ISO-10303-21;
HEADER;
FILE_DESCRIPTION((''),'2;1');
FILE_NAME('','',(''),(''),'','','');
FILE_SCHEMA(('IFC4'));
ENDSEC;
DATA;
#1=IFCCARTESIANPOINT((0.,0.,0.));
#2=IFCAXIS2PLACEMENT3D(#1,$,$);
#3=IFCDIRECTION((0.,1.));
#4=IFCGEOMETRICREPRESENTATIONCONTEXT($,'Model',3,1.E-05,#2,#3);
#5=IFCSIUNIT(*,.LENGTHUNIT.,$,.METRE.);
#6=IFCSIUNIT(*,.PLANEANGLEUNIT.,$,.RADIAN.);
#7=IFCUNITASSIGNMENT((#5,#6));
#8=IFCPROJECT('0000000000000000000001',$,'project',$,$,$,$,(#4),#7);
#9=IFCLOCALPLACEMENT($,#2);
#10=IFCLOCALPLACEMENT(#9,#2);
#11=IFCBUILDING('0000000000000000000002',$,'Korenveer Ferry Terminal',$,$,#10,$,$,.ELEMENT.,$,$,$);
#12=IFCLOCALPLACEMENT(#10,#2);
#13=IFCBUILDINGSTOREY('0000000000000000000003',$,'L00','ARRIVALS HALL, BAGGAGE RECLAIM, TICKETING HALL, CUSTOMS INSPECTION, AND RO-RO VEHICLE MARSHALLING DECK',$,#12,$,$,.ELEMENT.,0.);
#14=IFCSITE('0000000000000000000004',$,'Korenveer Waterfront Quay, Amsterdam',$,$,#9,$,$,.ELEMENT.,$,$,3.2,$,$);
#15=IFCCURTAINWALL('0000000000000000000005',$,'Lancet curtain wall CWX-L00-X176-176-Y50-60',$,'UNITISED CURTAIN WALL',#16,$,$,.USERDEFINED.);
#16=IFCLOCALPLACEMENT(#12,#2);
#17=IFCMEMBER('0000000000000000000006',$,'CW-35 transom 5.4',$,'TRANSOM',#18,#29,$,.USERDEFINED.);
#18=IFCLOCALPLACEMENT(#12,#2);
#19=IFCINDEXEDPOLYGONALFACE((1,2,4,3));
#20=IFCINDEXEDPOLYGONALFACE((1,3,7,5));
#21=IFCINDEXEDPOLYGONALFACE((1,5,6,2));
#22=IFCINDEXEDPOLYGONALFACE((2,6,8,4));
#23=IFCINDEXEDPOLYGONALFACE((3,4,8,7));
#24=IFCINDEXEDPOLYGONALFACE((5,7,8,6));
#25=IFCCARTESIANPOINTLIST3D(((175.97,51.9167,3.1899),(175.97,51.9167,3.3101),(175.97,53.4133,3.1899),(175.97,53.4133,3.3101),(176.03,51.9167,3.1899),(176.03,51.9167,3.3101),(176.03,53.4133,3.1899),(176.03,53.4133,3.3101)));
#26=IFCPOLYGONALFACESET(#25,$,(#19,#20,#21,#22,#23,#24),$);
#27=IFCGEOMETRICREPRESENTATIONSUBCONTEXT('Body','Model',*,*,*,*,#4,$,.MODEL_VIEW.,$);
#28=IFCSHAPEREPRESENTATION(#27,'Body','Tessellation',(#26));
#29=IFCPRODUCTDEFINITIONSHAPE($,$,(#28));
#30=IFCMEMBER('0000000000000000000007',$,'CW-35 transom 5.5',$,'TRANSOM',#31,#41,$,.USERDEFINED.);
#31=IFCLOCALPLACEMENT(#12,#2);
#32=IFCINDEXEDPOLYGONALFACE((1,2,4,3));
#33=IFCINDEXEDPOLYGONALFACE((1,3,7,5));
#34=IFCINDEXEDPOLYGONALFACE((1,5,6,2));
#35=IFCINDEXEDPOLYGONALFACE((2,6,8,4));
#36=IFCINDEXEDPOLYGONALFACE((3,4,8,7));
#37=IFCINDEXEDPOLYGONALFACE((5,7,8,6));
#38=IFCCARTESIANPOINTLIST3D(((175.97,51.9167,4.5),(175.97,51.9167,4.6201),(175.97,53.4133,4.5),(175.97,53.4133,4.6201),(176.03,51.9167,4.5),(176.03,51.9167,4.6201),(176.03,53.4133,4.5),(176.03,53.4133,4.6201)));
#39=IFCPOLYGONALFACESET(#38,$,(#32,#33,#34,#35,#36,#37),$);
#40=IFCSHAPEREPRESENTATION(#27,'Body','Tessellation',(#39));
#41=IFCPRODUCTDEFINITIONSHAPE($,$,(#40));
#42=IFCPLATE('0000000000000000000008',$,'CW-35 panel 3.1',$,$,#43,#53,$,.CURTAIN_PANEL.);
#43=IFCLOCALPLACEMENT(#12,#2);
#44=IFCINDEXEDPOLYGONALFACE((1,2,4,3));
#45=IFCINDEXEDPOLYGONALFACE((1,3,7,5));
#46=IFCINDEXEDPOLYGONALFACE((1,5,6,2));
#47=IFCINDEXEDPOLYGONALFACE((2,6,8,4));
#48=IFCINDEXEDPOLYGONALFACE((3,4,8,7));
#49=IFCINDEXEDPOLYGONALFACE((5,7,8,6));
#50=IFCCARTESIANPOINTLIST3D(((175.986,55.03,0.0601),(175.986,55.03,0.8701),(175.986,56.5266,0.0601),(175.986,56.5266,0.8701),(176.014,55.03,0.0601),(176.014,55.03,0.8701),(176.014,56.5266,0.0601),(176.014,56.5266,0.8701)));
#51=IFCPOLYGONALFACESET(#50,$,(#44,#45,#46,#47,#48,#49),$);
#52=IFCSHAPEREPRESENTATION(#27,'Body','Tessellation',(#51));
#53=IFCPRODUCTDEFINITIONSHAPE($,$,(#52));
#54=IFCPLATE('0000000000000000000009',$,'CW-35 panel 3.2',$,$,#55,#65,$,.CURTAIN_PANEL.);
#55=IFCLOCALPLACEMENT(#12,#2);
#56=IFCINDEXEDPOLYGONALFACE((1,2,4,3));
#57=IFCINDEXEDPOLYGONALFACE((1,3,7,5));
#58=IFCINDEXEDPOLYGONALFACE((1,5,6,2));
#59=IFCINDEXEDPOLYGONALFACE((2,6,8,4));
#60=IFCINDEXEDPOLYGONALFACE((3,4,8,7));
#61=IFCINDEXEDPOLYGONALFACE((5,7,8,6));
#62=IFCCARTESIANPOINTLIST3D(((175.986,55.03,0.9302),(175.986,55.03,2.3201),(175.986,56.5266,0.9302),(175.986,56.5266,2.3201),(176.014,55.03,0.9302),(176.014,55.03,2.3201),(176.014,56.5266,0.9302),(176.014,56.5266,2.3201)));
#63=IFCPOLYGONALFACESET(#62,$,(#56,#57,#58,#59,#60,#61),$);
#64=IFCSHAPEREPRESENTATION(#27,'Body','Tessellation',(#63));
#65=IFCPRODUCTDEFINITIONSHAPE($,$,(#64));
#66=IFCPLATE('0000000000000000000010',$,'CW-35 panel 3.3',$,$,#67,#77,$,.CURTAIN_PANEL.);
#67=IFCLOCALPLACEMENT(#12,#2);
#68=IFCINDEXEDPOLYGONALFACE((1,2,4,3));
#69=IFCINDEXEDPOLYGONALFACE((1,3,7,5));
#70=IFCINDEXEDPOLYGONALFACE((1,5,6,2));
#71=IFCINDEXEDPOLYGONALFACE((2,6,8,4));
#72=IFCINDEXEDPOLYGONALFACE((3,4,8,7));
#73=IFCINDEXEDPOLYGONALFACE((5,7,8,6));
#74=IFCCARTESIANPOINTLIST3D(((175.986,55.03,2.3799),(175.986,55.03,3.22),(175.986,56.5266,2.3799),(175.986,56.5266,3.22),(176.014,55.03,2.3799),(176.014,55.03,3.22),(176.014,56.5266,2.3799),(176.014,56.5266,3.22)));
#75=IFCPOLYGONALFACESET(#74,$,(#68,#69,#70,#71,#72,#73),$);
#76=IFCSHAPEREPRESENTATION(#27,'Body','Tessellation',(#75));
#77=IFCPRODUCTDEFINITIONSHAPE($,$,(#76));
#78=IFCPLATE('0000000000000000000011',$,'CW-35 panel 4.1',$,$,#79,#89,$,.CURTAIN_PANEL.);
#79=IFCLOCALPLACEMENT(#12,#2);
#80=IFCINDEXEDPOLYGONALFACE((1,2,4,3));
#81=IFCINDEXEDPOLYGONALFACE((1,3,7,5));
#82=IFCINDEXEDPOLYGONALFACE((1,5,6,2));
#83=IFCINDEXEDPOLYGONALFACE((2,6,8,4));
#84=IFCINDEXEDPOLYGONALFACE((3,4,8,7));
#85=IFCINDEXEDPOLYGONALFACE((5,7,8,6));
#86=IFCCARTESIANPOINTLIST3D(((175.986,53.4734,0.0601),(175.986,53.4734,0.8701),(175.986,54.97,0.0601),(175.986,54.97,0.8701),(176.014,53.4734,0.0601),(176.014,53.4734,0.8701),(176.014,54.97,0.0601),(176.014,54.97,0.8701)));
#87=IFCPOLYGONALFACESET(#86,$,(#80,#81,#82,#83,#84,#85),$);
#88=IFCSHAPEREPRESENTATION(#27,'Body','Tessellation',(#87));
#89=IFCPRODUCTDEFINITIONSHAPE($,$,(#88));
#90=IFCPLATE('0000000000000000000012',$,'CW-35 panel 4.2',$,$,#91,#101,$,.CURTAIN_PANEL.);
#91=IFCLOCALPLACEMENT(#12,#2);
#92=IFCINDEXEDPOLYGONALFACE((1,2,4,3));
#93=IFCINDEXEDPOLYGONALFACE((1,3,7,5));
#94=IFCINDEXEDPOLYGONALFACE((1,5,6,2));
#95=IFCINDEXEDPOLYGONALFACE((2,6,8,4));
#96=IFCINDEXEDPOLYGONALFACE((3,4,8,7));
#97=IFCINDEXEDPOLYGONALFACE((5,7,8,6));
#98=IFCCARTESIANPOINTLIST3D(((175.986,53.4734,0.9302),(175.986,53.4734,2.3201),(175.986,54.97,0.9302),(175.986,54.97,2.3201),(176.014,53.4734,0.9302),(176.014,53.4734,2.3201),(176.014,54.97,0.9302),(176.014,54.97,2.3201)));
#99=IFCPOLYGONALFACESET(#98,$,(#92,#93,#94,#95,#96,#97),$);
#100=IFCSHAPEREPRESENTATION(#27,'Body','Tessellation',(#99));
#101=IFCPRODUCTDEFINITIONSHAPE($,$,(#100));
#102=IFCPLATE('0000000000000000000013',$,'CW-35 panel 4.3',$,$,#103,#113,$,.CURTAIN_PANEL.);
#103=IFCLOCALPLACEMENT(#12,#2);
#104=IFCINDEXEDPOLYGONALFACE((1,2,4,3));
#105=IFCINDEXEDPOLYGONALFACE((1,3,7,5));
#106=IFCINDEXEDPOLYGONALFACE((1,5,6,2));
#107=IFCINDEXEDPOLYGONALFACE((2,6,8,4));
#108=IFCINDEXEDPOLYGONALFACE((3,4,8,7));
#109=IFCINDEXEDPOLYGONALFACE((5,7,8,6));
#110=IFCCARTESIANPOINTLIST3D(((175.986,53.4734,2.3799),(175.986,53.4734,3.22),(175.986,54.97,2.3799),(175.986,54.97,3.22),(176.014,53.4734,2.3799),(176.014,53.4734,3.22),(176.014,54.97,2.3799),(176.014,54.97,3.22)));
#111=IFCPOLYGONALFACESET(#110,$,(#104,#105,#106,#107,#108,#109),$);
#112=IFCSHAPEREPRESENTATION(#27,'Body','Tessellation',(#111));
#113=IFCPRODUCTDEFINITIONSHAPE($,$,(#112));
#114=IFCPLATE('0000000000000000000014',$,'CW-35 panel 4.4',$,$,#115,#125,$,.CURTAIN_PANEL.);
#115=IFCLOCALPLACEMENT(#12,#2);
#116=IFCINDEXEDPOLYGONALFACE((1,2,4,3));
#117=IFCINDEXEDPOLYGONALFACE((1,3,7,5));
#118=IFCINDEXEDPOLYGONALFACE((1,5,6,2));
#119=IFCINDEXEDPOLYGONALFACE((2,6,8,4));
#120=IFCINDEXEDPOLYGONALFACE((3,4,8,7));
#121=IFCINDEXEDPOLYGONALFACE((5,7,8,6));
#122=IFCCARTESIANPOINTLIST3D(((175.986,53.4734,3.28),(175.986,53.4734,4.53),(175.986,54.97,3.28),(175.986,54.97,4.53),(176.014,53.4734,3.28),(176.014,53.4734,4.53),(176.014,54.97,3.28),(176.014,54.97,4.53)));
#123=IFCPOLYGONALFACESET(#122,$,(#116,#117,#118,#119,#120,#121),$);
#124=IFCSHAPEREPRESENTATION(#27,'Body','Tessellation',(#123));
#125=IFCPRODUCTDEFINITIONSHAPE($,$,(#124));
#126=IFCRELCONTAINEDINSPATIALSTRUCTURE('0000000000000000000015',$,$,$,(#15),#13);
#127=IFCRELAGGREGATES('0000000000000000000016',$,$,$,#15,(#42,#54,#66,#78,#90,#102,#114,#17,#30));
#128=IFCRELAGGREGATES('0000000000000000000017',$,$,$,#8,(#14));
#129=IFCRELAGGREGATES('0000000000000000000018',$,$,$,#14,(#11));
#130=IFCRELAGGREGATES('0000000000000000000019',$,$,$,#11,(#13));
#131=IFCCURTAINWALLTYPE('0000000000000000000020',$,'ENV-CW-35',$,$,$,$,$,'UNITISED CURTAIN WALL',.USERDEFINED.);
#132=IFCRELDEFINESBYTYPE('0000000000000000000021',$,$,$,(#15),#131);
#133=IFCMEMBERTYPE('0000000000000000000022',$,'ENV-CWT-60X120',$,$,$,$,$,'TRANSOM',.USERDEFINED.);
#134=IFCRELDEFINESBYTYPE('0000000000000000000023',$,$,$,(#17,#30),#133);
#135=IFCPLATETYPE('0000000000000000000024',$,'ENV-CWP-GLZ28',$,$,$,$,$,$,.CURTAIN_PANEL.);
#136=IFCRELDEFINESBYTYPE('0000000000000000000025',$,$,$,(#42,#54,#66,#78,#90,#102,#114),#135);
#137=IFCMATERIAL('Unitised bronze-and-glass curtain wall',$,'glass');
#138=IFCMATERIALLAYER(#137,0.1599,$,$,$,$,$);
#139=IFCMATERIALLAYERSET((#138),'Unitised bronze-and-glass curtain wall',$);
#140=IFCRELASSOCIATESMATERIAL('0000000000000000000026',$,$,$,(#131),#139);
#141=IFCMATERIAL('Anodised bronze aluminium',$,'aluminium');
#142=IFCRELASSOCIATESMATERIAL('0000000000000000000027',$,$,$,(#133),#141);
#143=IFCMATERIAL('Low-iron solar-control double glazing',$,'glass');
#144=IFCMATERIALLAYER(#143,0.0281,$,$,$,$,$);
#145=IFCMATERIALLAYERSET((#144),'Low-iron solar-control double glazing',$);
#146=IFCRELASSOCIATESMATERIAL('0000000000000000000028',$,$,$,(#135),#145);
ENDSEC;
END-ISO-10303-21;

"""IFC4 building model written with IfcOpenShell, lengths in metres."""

from ifc_helpers import new_model, si_unit, direction, frame, origin, origin_2d, place, context, subcontext, project, spatial, rectangle, extrude, material, layer, layer_set, material_profile, profile_set, type_object, element, aggregate, save


model = new_model("IFC4")

# Units and contexts
model_context = context("Model", 3, precision=1e-05, world=origin(), true_north=direction((0.0, 1.0)))
body_context = subcontext(model_context, "Body", "Model", "MODEL_VIEW")
ifc_project = project(units=[si_unit("LENGTHUNIT", "METRE"), si_unit("PLANEANGLEUNIT", "RADIAN")], contexts=[model_context])

# Site, building, storey
site_placement = place(None, origin())
site = spatial("IfcSite", under=ifc_project, at=site_placement, Name="Korenveer Waterfront Quay, Amsterdam", CompositionType="ELEMENT", RefElevation=3.2)
building_placement = place(site_placement, origin())
building = spatial("IfcBuilding", under=site, at=building_placement, Name="Korenveer Ferry Terminal", CompositionType="ELEMENT")
storey_placement = place(building_placement, origin())
storey = spatial("IfcBuildingStorey", under=building, at=storey_placement, Name="L00", Description="ARRIVALS HALL, BAGGAGE RECLAIM, TICKETING HALL, CUSTOMS INSPECTION, AND RO-RO VEHICLE MARSHALLING DECK", CompositionType="ELEMENT", Elevation=0.0)

# Curtain wall, members, plates
ifc_material_1 = material(Name="Unitised bronze-and-glass curtain wall", Category="glass")
ifc_layer_1 = layer(ifc_material_1, 0.1599)
ifc_layer_set_1 = layer_set([ifc_layer_1], Name="Unitised bronze-and-glass curtain wall")
curtain_wall_type = type_object("IfcCurtainWallType", Name="ENV-CW-35", ElementType="UNITISED CURTAIN WALL", PredefinedType="USERDEFINED", material=ifc_layer_set_1)
curtain_wall_placement = place(storey_placement, frame((176.0, 59.6699, 0.0)))
curtain_wall = element("IfcCurtainWall", 1, at=curtain_wall_placement, inside=storey, type_object=curtain_wall_type, Name="Lancet curtain wall CWX-L00-X176-176-Y50-60", ObjectType="UNITISED CURTAIN WALL", PredefinedType="USERDEFINED")
ifc_material_2 = material(Name="Anodised bronze aluminium", Category="aluminium")
ifc_material_profile_1 = material_profile(ifc_material_2, rectangle(XDim=0.0601, YDim=0.1201, at=origin_2d()), Name="ALU 60x120")
ifc_profile_set_1 = profile_set([ifc_material_profile_1], Name="Anodised bronze aluminium")
member_type_1 = type_object("IfcMemberType", Name="ENV-CWT-60X120", ElementType="TRANSOM", PredefinedType="USERDEFINED", material=ifc_profile_set_1)
member_1_placement = place(storey_placement, frame((176.0, 53.4133, 3.25), z_axis=(0.0, -1.0, 0.0), x_axis=(1.0, 0.0, 0.0)))
member_1 = element("IfcMember", 2, at=member_1_placement, type_object=member_type_1, Name="CW-35 transom 5.4", ObjectType="TRANSOM", PredefinedType="USERDEFINED", context=body_context, shape_type="SweptSolid", body=[
    extrude(rectangle(XDim=0.0601, YDim=0.1201, at=origin_2d()), origin(), (0.0, 0.0, 1.0), 1.4966),
])
member_2_placement = place(storey_placement, frame((176.0, 53.4133, 4.5601), z_axis=(0.0, -1.0, 0.0), x_axis=(1.0, 0.0, 0.0)))
member_2 = element("IfcMember", 3, at=member_2_placement, type_object=member_type_1, Name="CW-35 transom 5.5", ObjectType="TRANSOM", PredefinedType="USERDEFINED", context=body_context, shape_type="SweptSolid", body=[
    extrude(rectangle(XDim=0.0601, YDim=0.1201, at=origin_2d()), origin(), (0.0, 0.0, 1.0), 1.4966),
])
ifc_material_3 = material(Name="Low-iron solar-control double glazing", Category="glass")
ifc_layer_2 = layer(ifc_material_3, 0.0281)
ifc_layer_set_2 = layer_set([ifc_layer_2], Name="Low-iron solar-control double glazing")
plate_type = type_object("IfcPlateType", Name="ENV-CWP-GLZ28", PredefinedType="CURTAIN_PANEL", material=ifc_layer_set_2)
plate_1_placement = place(storey_placement, frame((176.0, 55.7783, 0.0601), z_axis=(0.0, 0.0, 1.0), x_axis=(0.0, -1.0, 0.0)))
plate_1 = element("IfcPlate", 4, at=plate_1_placement, type_object=plate_type, Name="CW-35 panel 3.1", PredefinedType="CURTAIN_PANEL", context=body_context, shape_type="SweptSolid", body=[
    extrude(rectangle(XDim=1.4966, YDim=0.0281, at=origin_2d()), origin(), (0.0, 0.0, 1.0), 0.8101),
])
plate_2_placement = place(storey_placement, frame((176.0, 55.7783, 0.9302), z_axis=(0.0, 0.0, 1.0), x_axis=(0.0, -1.0, 0.0)))
plate_2 = element("IfcPlate", 5, at=plate_2_placement, type_object=plate_type, Name="CW-35 panel 3.2", PredefinedType="CURTAIN_PANEL", context=body_context, shape_type="SweptSolid", body=[
    extrude(rectangle(XDim=1.4966, YDim=0.0281, at=origin_2d()), origin(), (0.0, 0.0, 1.0), 1.3899),
])
plate_3_placement = place(storey_placement, frame((176.0, 55.7783, 2.3799), z_axis=(0.0, 0.0, 1.0), x_axis=(0.0, -1.0, 0.0)))
plate_3 = element("IfcPlate", 6, at=plate_3_placement, type_object=plate_type, Name="CW-35 panel 3.3", PredefinedType="CURTAIN_PANEL", context=body_context, shape_type="SweptSolid", body=[
    extrude(rectangle(XDim=1.4966, YDim=0.0281, at=origin_2d()), origin(), (0.0, 0.0, 1.0), 0.8401),
])
plate_4_placement = place(storey_placement, frame((176.0, 54.2217, 0.0601), z_axis=(0.0, 0.0, 1.0), x_axis=(0.0, -1.0, 0.0)))
plate_4 = element("IfcPlate", 7, at=plate_4_placement, type_object=plate_type, Name="CW-35 panel 4.1", PredefinedType="CURTAIN_PANEL", context=body_context, shape_type="SweptSolid", body=[
    extrude(rectangle(XDim=1.4966, YDim=0.0281, at=origin_2d()), origin(), (0.0, 0.0, 1.0), 0.8101),
])
plate_5_placement = place(storey_placement, frame((176.0, 54.2217, 0.9302), z_axis=(0.0, 0.0, 1.0), x_axis=(0.0, -1.0, 0.0)))
plate_5 = element("IfcPlate", 8, at=plate_5_placement, type_object=plate_type, Name="CW-35 panel 4.2", PredefinedType="CURTAIN_PANEL", context=body_context, shape_type="SweptSolid", body=[
    extrude(rectangle(XDim=1.4966, YDim=0.0281, at=origin_2d()), origin(), (0.0, 0.0, 1.0), 1.3899),
])
plate_6_placement = place(storey_placement, frame((176.0, 54.2217, 2.3799), z_axis=(0.0, 0.0, 1.0), x_axis=(0.0, -1.0, 0.0)))
plate_6 = element("IfcPlate", 9, at=plate_6_placement, type_object=plate_type, Name="CW-35 panel 4.3", PredefinedType="CURTAIN_PANEL", context=body_context, shape_type="SweptSolid", body=[
    extrude(rectangle(XDim=1.4966, YDim=0.0281, at=origin_2d()), origin(), (0.0, 0.0, 1.0), 0.8401),
])
plate_7_placement = place(storey_placement, frame((176.0, 54.2217, 3.28), z_axis=(0.0, 0.0, 1.0), x_axis=(0.0, -1.0, 0.0)))
plate_7 = element("IfcPlate", 10, at=plate_7_placement, type_object=plate_type, Name="CW-35 panel 4.4", PredefinedType="CURTAIN_PANEL", context=body_context, shape_type="SweptSolid", body=[
    extrude(rectangle(XDim=1.4966, YDim=0.0281, at=origin_2d()), origin(), (0.0, 0.0, 1.0), 1.25),
])
aggregate(curtain_wall, [plate_1, plate_2, plate_3, plate_4, plate_5, plate_6, plate_7, member_1, member_2])

save(model, "model.ifc")
